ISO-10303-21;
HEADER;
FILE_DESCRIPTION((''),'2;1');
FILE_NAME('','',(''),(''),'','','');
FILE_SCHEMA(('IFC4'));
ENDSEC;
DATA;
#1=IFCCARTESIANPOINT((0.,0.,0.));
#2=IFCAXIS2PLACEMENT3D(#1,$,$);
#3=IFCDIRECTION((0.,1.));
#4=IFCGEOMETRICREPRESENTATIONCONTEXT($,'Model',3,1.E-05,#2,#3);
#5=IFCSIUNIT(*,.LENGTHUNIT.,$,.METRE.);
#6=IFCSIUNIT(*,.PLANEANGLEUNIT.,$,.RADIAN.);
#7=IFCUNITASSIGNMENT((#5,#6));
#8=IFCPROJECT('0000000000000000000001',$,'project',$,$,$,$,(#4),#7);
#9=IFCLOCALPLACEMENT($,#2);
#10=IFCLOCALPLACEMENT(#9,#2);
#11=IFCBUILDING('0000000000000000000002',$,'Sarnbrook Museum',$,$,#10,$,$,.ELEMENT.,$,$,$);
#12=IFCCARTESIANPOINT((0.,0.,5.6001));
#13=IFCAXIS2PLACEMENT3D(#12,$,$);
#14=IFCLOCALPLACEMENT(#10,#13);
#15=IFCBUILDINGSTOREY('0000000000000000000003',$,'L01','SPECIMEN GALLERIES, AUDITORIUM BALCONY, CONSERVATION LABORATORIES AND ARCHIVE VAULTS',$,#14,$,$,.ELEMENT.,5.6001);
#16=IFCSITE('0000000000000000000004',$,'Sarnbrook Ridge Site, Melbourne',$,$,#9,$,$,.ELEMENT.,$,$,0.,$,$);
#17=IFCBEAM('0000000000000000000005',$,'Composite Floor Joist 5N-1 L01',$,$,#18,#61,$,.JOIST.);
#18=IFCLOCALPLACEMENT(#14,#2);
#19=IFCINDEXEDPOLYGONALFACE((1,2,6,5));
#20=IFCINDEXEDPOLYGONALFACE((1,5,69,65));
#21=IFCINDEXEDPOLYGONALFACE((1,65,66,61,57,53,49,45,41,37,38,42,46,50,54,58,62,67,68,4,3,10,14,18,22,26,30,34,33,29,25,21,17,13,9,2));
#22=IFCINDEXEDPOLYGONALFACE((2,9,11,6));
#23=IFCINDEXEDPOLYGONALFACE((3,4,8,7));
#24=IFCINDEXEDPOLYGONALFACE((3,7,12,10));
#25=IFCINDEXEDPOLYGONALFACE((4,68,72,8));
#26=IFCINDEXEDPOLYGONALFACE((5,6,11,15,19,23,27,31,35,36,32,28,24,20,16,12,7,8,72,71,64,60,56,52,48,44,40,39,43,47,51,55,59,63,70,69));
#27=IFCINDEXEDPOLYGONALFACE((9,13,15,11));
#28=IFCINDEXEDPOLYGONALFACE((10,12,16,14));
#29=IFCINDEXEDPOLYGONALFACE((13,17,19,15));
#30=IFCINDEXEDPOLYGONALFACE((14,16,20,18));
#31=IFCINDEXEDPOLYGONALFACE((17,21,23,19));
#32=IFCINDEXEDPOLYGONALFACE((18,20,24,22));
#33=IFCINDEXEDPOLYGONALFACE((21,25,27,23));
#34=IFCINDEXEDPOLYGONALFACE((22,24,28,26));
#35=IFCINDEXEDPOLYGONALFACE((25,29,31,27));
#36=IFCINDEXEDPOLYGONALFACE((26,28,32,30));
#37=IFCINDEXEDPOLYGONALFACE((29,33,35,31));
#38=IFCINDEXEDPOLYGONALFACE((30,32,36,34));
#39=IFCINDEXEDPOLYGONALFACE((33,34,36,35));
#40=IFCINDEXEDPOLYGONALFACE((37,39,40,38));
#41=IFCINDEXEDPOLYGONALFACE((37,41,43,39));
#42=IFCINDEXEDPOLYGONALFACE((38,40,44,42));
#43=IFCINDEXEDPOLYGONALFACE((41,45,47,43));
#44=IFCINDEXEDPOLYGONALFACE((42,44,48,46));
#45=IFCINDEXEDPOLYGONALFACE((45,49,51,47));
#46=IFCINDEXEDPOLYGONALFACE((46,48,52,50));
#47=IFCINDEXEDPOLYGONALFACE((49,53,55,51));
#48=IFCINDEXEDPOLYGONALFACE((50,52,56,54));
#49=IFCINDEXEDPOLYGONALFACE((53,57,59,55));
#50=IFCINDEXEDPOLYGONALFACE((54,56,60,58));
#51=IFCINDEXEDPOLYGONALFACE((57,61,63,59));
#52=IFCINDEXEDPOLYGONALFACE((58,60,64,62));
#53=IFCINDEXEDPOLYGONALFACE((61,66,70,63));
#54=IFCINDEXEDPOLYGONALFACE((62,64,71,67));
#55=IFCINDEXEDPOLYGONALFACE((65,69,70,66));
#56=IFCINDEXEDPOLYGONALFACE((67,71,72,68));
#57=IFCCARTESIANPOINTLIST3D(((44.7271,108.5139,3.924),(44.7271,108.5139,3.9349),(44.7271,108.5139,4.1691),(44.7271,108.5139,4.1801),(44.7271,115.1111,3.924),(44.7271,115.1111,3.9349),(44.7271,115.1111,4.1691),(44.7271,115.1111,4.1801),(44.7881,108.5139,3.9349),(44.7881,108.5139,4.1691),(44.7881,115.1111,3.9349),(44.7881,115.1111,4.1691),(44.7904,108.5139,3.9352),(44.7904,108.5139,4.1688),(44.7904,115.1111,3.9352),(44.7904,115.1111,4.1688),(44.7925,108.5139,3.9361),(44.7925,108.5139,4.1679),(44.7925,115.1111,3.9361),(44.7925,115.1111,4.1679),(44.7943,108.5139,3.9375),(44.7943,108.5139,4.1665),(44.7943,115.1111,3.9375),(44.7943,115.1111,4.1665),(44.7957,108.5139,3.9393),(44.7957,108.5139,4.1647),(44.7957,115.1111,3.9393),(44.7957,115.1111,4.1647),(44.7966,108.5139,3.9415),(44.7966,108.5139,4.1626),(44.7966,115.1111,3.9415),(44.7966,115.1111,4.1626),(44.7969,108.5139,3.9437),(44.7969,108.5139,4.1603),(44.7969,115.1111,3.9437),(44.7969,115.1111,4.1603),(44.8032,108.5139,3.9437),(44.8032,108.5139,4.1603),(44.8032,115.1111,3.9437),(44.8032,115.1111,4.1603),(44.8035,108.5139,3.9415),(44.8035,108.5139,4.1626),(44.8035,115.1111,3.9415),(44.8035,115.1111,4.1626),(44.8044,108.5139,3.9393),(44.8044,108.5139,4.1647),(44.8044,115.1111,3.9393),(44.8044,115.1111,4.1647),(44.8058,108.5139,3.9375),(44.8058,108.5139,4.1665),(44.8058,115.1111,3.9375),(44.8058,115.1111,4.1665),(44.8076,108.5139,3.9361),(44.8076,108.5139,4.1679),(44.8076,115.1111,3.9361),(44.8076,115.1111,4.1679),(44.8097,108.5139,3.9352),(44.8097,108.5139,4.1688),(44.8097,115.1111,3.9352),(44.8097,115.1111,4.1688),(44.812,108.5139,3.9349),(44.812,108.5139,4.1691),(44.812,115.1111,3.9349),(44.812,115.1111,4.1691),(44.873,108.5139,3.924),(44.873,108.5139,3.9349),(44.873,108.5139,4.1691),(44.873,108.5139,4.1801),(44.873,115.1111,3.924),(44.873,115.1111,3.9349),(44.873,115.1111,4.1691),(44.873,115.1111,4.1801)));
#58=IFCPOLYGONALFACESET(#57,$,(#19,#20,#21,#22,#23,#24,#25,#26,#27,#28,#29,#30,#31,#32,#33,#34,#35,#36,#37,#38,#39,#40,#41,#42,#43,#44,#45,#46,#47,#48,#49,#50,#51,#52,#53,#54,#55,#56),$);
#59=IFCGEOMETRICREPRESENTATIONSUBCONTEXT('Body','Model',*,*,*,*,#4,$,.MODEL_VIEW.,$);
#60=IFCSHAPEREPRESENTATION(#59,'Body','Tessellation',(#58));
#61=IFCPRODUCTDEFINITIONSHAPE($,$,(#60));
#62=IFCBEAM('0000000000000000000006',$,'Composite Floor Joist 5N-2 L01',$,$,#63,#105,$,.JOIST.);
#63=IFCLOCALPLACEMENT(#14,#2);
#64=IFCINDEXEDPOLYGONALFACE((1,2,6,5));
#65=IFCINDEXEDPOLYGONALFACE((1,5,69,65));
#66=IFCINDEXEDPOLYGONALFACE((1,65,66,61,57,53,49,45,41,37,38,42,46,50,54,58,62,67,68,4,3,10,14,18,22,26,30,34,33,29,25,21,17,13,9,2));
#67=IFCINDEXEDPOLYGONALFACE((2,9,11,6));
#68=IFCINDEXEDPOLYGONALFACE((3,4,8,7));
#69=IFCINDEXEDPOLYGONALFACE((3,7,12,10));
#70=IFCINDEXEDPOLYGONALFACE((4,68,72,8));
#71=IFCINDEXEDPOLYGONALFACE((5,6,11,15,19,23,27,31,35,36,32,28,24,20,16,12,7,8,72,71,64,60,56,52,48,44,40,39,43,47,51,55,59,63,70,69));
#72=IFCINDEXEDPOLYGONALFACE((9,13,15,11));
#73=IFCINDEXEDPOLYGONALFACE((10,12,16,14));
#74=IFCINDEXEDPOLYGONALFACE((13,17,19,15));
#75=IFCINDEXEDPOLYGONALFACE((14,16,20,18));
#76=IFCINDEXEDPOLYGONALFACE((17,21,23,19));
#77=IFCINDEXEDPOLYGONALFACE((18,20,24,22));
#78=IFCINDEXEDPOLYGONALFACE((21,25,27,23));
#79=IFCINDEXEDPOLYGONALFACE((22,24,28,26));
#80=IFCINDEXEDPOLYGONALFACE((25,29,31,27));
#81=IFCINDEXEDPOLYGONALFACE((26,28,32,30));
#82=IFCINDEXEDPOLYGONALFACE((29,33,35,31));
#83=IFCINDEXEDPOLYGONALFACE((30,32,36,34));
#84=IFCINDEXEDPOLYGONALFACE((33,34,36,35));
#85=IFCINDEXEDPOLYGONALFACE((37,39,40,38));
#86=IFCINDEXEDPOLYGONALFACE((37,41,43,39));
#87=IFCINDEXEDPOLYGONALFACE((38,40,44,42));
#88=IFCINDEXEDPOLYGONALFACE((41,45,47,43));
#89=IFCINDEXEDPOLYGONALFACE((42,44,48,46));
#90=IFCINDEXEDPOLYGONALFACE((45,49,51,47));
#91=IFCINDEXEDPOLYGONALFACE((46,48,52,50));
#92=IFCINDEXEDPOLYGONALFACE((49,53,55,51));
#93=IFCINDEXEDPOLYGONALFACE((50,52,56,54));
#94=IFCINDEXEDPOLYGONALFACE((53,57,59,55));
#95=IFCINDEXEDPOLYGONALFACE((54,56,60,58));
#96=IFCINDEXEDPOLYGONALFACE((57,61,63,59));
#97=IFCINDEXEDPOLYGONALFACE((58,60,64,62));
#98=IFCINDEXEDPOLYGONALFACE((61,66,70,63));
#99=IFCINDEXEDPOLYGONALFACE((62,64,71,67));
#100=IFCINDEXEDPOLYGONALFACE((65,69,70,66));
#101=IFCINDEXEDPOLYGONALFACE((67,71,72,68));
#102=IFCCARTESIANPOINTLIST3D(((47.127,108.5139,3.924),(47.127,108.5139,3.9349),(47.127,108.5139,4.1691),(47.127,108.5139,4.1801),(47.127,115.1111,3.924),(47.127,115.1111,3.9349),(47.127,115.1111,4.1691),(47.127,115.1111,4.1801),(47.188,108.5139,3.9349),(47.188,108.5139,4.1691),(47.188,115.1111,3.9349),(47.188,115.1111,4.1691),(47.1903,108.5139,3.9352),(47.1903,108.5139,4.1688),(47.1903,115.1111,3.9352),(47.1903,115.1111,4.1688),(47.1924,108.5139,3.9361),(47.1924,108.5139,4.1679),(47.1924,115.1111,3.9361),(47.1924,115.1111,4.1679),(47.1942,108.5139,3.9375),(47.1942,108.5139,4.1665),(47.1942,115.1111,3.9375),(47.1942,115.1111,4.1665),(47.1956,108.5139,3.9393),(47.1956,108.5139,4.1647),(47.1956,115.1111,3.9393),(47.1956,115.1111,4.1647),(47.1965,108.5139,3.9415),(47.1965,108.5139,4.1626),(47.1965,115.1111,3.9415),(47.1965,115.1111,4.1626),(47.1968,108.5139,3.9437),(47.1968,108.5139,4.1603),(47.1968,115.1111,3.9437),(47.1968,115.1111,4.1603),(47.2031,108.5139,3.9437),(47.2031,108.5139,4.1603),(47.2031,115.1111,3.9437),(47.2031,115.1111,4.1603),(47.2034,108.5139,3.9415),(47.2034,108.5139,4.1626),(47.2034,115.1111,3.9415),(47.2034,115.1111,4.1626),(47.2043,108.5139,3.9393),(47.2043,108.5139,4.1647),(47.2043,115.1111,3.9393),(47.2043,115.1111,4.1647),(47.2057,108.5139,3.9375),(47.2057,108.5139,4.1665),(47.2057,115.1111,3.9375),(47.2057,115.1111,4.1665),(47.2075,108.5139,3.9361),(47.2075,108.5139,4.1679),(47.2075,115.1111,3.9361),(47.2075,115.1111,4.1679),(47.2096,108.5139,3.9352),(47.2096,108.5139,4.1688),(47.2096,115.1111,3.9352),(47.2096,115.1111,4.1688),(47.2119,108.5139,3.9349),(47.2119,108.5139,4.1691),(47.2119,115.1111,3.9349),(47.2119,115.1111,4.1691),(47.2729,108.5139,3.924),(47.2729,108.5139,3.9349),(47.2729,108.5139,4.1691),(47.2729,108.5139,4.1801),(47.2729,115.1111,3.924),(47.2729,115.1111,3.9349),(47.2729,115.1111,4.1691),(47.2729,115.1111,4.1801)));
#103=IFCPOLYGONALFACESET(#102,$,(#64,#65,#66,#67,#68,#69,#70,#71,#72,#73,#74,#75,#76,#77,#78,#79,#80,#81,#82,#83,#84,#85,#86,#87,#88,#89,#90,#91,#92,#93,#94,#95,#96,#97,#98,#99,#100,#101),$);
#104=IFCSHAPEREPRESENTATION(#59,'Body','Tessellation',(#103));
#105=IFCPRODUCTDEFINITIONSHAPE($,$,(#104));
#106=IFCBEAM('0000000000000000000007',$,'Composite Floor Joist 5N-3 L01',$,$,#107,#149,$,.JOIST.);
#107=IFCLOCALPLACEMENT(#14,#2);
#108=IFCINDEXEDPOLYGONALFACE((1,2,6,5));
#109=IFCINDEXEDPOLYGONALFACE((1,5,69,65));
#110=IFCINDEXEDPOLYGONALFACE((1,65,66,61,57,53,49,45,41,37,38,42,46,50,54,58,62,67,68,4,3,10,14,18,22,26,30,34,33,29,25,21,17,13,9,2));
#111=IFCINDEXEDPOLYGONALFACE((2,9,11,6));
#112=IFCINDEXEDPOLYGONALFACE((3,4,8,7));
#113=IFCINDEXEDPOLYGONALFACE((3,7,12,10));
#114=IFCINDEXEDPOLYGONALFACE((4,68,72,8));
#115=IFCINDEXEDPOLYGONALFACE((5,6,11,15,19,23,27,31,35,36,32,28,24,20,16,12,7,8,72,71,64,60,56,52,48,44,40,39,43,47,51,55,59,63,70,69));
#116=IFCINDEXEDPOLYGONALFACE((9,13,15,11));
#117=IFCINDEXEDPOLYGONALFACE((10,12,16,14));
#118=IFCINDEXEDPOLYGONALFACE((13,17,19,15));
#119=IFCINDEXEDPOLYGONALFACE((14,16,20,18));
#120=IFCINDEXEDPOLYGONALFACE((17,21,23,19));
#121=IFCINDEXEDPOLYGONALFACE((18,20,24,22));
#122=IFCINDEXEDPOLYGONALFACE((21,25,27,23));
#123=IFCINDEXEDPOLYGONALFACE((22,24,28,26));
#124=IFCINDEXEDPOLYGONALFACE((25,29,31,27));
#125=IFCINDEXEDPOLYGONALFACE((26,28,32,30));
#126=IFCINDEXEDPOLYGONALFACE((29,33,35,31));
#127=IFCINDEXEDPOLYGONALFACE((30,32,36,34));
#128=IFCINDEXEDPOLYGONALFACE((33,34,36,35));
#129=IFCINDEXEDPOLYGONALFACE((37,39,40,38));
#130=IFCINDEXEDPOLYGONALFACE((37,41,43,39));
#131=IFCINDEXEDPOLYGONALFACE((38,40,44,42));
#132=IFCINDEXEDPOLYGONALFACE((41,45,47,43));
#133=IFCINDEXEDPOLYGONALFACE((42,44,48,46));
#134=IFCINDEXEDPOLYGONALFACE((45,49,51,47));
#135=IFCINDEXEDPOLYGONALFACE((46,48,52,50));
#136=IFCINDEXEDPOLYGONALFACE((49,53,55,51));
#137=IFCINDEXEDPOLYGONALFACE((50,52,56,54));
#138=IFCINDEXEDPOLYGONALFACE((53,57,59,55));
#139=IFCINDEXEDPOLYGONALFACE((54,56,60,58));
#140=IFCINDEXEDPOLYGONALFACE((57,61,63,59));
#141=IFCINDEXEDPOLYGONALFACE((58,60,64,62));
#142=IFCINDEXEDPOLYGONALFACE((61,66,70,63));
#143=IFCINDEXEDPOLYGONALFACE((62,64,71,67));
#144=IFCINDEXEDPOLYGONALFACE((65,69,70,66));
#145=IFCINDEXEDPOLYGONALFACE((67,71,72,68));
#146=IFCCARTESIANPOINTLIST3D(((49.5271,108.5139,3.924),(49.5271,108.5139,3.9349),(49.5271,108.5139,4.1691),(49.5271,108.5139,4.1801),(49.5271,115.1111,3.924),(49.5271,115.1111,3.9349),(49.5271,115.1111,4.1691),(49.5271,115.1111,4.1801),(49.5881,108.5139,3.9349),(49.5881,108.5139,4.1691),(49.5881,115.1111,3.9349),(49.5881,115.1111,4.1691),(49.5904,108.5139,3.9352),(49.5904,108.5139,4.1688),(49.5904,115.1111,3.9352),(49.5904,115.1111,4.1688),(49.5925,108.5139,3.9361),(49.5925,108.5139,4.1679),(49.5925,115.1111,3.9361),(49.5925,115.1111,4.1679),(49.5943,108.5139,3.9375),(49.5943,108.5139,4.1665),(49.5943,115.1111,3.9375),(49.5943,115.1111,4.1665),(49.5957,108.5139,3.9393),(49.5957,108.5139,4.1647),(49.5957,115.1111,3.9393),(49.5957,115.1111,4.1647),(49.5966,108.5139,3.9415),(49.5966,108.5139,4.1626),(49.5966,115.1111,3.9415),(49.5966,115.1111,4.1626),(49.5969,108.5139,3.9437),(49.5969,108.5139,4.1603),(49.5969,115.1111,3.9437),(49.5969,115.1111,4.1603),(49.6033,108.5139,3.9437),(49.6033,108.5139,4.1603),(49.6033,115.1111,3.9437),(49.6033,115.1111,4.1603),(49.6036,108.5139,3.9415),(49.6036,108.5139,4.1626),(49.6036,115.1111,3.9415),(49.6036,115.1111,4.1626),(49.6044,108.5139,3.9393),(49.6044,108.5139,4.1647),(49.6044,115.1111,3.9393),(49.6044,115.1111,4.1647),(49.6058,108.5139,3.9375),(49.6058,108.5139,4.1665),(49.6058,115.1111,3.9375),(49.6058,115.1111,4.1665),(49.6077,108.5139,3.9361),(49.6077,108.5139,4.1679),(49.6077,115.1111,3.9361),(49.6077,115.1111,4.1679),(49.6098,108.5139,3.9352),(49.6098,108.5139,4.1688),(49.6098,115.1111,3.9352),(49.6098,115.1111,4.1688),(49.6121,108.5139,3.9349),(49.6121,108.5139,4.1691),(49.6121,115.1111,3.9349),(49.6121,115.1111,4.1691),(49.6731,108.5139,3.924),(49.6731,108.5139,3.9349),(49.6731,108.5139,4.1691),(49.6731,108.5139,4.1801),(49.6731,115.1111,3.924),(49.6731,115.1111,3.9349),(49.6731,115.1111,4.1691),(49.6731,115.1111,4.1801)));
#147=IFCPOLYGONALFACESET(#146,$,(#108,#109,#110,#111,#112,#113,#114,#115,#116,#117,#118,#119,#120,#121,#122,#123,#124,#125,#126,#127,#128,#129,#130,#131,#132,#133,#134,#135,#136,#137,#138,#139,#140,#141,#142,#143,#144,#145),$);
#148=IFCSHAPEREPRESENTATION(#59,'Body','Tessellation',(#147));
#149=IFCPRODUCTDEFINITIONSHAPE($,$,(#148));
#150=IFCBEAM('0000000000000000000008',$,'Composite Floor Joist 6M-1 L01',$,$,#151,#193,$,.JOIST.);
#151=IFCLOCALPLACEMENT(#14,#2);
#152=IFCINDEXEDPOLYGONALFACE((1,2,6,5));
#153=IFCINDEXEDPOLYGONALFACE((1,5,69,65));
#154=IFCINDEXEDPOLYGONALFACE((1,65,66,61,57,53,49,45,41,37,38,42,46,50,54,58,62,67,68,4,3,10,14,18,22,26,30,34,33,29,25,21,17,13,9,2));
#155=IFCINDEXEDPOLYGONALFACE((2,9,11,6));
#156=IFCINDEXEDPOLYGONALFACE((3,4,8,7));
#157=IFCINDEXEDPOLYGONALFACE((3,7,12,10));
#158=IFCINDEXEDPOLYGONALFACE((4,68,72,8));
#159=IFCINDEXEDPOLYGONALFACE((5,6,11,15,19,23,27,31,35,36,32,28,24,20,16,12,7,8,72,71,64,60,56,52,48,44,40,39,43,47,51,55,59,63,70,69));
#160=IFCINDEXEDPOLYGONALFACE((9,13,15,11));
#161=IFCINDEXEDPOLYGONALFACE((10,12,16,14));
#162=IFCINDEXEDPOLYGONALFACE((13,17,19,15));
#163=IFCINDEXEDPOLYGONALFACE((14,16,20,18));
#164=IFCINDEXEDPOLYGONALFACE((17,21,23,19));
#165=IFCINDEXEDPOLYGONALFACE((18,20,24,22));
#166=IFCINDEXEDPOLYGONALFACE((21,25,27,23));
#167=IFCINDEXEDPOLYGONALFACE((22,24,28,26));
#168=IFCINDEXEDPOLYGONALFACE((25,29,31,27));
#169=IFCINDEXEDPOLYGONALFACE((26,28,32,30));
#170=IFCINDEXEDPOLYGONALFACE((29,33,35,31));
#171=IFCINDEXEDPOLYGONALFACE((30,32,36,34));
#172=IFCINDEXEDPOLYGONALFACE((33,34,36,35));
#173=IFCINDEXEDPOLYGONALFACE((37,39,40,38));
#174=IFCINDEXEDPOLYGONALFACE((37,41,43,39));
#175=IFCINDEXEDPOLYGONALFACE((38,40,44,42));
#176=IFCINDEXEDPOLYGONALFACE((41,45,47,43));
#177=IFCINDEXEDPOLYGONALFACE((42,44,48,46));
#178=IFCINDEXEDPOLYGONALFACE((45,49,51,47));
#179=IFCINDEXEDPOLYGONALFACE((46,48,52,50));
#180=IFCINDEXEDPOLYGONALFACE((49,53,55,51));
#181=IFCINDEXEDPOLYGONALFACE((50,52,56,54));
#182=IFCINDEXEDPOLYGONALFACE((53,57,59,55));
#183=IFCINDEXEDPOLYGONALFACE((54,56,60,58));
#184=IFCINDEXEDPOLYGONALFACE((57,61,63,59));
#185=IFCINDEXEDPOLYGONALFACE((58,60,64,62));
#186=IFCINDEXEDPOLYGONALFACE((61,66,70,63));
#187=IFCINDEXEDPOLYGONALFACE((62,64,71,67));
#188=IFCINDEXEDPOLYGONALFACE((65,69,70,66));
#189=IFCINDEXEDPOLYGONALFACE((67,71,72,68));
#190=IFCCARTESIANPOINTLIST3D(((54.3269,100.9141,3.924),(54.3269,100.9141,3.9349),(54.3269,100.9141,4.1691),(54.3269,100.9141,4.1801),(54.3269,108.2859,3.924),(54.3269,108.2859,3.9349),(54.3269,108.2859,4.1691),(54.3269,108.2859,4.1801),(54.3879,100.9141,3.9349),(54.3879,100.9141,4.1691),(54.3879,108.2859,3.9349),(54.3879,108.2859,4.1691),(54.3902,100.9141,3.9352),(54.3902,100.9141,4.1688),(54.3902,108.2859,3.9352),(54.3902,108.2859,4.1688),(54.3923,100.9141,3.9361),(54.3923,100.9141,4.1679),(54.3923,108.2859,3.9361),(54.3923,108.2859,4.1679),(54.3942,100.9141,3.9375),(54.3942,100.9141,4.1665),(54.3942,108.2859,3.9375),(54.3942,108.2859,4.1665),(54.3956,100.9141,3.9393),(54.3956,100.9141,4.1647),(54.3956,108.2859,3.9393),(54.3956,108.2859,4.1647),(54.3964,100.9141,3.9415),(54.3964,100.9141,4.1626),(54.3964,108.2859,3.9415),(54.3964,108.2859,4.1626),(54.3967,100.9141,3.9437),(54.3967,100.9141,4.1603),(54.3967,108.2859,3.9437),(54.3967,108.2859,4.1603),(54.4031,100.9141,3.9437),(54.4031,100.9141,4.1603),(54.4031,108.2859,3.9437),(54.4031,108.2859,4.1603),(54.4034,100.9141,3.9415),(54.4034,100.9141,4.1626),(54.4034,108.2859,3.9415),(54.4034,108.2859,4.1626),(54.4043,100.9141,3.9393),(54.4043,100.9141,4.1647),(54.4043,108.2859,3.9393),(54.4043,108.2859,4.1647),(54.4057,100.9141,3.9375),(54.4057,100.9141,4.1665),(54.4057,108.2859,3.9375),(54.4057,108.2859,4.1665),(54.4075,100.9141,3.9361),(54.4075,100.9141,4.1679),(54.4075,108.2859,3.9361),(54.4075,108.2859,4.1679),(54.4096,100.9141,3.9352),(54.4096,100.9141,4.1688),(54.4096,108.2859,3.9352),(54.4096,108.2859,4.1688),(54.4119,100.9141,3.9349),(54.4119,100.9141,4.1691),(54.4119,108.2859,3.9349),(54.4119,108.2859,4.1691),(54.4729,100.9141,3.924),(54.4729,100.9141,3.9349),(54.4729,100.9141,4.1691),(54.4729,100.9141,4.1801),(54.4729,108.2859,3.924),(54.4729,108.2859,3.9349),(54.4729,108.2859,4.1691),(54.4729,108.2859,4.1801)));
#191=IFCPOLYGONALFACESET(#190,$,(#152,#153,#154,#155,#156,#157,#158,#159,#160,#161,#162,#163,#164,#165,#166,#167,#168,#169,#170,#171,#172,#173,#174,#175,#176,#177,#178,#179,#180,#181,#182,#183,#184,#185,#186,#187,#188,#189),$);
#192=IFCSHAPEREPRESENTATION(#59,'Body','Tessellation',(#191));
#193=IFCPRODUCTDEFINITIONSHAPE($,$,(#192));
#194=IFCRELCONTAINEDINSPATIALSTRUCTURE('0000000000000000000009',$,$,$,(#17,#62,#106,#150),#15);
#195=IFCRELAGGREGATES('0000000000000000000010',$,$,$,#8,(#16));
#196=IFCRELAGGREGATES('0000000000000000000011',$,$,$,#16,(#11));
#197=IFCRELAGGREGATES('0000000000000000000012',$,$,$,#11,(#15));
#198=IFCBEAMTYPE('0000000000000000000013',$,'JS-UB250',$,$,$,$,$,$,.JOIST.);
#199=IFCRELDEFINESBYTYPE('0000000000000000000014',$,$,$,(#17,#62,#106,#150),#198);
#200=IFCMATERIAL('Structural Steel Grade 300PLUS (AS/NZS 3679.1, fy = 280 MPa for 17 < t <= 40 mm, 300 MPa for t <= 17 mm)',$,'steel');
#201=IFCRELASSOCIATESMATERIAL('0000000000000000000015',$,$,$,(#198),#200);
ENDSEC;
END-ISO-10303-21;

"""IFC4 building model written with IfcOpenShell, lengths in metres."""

from ifc_helpers import new_model, si_unit, direction, frame, origin, origin_2d, place, context, subcontext, project, spatial, i_section, extrude, material, material_profile, profile_set, type_object, element, save


model = new_model("IFC4")

# Units and contexts
model_context = context("Model", 3, precision=1e-05, world=origin(), true_north=direction((0.0, 1.0)))
body_context = subcontext(model_context, "Body", "Model", "MODEL_VIEW")
ifc_project = project(units=[si_unit("LENGTHUNIT", "METRE"), si_unit("PLANEANGLEUNIT", "RADIAN")], contexts=[model_context])

# Site, building, storey
site_placement = place(None, origin())
site = spatial("IfcSite", under=ifc_project, at=site_placement, Name="Sarnbrook Ridge Site, Melbourne", CompositionType="ELEMENT", RefElevation=0.0)
building_placement = place(site_placement, origin())
building = spatial("IfcBuilding", under=site, at=building_placement, Name="Sarnbrook Museum", CompositionType="ELEMENT")
storey_placement = place(building_placement, frame((0.0, 0.0, 5.6001)))
storey = spatial("IfcBuildingStorey", under=building, at=storey_placement, Name="L01", Description="SPECIMEN GALLERIES, AUDITORIUM BALCONY, CONSERVATION LABORATORIES AND ARCHIVE VAULTS", CompositionType="ELEMENT", Elevation=5.6001)

# Beams
ifc_material_1 = material(Name="Structural Steel Grade 300PLUS (AS/NZS 3679.1, fy = 280 MPa for 17 < t <= 40 mm, 300 MPa for t <= 17 mm)", Category="steel")
ifc_material_profile_1 = material_profile(ifc_material_1, i_section(OverallWidth=0.146, OverallDepth=0.2561, WebThickness=0.0063, FlangeThickness=0.011, FilletRadius=0.0088, at=origin_2d()), Name="250UB37.3")
ifc_profile_set_1 = profile_set([ifc_material_profile_1], Name="Structural Steel Grade 300PLUS (AS/NZS 3679.1, fy = 280 MPa for 17 < t <= 40 mm, 300 MPa for t <= 17 mm)")
beam_type_1 = type_object("IfcBeamType", Name="JS-UB250", PredefinedType="JOIST", material=ifc_profile_set_1)
for number, where, z_axis, x_axis, name in (
    (1, (44.8, 108.5139, 4.052), (0.0, 1.0, 0.0), (-1.0, 0.0, 0.0), "Composite Floor Joist 5N-1 L01"),
    (2, (47.2, 108.5139, 4.052), (0.0, 1.0, 0.0), (-1.0, 0.0, 0.0), "Composite Floor Joist 5N-2 L01"),
    (3, (49.6001, 108.5139, 4.052), (0.0, 1.0, 0.0), (-1.0, 0.0, 0.0), "Composite Floor Joist 5N-3 L01"),
):
    element("IfcBeam", number, at=place(storey_placement, frame(where, z_axis=z_axis, x_axis=x_axis)), inside=storey, type_object=beam_type_1, Name=name, PredefinedType="JOIST", context=body_context, shape_type="SweptSolid", body=[
        extrude(i_section(OverallWidth=0.146, OverallDepth=0.2561, WebThickness=0.0063, FlangeThickness=0.011, FilletRadius=0.0088, at=origin_2d()), origin(), (0.0, 0.0, 1.0), 6.5972),
    ])
for number, where, z_axis, x_axis, name in (
    (4, (54.3999, 100.9141, 4.052), (0.0, 1.0, 0.0), (-1.0, 0.0, 0.0), "Composite Floor Joist 6M-1 L01"),
):
    element("IfcBeam", number, at=place(storey_placement, frame(where, z_axis=z_axis, x_axis=x_axis)), inside=storey, type_object=beam_type_1, Name=name, PredefinedType="JOIST", context=body_context, shape_type="SweptSolid", body=[
        extrude(i_section(OverallWidth=0.146, OverallDepth=0.2561, WebThickness=0.0063, FlangeThickness=0.011, FilletRadius=0.0088, at=origin_2d()), origin(), (0.0, 0.0, 1.0), 7.3718),
    ])

save(model, "model.ifc")
